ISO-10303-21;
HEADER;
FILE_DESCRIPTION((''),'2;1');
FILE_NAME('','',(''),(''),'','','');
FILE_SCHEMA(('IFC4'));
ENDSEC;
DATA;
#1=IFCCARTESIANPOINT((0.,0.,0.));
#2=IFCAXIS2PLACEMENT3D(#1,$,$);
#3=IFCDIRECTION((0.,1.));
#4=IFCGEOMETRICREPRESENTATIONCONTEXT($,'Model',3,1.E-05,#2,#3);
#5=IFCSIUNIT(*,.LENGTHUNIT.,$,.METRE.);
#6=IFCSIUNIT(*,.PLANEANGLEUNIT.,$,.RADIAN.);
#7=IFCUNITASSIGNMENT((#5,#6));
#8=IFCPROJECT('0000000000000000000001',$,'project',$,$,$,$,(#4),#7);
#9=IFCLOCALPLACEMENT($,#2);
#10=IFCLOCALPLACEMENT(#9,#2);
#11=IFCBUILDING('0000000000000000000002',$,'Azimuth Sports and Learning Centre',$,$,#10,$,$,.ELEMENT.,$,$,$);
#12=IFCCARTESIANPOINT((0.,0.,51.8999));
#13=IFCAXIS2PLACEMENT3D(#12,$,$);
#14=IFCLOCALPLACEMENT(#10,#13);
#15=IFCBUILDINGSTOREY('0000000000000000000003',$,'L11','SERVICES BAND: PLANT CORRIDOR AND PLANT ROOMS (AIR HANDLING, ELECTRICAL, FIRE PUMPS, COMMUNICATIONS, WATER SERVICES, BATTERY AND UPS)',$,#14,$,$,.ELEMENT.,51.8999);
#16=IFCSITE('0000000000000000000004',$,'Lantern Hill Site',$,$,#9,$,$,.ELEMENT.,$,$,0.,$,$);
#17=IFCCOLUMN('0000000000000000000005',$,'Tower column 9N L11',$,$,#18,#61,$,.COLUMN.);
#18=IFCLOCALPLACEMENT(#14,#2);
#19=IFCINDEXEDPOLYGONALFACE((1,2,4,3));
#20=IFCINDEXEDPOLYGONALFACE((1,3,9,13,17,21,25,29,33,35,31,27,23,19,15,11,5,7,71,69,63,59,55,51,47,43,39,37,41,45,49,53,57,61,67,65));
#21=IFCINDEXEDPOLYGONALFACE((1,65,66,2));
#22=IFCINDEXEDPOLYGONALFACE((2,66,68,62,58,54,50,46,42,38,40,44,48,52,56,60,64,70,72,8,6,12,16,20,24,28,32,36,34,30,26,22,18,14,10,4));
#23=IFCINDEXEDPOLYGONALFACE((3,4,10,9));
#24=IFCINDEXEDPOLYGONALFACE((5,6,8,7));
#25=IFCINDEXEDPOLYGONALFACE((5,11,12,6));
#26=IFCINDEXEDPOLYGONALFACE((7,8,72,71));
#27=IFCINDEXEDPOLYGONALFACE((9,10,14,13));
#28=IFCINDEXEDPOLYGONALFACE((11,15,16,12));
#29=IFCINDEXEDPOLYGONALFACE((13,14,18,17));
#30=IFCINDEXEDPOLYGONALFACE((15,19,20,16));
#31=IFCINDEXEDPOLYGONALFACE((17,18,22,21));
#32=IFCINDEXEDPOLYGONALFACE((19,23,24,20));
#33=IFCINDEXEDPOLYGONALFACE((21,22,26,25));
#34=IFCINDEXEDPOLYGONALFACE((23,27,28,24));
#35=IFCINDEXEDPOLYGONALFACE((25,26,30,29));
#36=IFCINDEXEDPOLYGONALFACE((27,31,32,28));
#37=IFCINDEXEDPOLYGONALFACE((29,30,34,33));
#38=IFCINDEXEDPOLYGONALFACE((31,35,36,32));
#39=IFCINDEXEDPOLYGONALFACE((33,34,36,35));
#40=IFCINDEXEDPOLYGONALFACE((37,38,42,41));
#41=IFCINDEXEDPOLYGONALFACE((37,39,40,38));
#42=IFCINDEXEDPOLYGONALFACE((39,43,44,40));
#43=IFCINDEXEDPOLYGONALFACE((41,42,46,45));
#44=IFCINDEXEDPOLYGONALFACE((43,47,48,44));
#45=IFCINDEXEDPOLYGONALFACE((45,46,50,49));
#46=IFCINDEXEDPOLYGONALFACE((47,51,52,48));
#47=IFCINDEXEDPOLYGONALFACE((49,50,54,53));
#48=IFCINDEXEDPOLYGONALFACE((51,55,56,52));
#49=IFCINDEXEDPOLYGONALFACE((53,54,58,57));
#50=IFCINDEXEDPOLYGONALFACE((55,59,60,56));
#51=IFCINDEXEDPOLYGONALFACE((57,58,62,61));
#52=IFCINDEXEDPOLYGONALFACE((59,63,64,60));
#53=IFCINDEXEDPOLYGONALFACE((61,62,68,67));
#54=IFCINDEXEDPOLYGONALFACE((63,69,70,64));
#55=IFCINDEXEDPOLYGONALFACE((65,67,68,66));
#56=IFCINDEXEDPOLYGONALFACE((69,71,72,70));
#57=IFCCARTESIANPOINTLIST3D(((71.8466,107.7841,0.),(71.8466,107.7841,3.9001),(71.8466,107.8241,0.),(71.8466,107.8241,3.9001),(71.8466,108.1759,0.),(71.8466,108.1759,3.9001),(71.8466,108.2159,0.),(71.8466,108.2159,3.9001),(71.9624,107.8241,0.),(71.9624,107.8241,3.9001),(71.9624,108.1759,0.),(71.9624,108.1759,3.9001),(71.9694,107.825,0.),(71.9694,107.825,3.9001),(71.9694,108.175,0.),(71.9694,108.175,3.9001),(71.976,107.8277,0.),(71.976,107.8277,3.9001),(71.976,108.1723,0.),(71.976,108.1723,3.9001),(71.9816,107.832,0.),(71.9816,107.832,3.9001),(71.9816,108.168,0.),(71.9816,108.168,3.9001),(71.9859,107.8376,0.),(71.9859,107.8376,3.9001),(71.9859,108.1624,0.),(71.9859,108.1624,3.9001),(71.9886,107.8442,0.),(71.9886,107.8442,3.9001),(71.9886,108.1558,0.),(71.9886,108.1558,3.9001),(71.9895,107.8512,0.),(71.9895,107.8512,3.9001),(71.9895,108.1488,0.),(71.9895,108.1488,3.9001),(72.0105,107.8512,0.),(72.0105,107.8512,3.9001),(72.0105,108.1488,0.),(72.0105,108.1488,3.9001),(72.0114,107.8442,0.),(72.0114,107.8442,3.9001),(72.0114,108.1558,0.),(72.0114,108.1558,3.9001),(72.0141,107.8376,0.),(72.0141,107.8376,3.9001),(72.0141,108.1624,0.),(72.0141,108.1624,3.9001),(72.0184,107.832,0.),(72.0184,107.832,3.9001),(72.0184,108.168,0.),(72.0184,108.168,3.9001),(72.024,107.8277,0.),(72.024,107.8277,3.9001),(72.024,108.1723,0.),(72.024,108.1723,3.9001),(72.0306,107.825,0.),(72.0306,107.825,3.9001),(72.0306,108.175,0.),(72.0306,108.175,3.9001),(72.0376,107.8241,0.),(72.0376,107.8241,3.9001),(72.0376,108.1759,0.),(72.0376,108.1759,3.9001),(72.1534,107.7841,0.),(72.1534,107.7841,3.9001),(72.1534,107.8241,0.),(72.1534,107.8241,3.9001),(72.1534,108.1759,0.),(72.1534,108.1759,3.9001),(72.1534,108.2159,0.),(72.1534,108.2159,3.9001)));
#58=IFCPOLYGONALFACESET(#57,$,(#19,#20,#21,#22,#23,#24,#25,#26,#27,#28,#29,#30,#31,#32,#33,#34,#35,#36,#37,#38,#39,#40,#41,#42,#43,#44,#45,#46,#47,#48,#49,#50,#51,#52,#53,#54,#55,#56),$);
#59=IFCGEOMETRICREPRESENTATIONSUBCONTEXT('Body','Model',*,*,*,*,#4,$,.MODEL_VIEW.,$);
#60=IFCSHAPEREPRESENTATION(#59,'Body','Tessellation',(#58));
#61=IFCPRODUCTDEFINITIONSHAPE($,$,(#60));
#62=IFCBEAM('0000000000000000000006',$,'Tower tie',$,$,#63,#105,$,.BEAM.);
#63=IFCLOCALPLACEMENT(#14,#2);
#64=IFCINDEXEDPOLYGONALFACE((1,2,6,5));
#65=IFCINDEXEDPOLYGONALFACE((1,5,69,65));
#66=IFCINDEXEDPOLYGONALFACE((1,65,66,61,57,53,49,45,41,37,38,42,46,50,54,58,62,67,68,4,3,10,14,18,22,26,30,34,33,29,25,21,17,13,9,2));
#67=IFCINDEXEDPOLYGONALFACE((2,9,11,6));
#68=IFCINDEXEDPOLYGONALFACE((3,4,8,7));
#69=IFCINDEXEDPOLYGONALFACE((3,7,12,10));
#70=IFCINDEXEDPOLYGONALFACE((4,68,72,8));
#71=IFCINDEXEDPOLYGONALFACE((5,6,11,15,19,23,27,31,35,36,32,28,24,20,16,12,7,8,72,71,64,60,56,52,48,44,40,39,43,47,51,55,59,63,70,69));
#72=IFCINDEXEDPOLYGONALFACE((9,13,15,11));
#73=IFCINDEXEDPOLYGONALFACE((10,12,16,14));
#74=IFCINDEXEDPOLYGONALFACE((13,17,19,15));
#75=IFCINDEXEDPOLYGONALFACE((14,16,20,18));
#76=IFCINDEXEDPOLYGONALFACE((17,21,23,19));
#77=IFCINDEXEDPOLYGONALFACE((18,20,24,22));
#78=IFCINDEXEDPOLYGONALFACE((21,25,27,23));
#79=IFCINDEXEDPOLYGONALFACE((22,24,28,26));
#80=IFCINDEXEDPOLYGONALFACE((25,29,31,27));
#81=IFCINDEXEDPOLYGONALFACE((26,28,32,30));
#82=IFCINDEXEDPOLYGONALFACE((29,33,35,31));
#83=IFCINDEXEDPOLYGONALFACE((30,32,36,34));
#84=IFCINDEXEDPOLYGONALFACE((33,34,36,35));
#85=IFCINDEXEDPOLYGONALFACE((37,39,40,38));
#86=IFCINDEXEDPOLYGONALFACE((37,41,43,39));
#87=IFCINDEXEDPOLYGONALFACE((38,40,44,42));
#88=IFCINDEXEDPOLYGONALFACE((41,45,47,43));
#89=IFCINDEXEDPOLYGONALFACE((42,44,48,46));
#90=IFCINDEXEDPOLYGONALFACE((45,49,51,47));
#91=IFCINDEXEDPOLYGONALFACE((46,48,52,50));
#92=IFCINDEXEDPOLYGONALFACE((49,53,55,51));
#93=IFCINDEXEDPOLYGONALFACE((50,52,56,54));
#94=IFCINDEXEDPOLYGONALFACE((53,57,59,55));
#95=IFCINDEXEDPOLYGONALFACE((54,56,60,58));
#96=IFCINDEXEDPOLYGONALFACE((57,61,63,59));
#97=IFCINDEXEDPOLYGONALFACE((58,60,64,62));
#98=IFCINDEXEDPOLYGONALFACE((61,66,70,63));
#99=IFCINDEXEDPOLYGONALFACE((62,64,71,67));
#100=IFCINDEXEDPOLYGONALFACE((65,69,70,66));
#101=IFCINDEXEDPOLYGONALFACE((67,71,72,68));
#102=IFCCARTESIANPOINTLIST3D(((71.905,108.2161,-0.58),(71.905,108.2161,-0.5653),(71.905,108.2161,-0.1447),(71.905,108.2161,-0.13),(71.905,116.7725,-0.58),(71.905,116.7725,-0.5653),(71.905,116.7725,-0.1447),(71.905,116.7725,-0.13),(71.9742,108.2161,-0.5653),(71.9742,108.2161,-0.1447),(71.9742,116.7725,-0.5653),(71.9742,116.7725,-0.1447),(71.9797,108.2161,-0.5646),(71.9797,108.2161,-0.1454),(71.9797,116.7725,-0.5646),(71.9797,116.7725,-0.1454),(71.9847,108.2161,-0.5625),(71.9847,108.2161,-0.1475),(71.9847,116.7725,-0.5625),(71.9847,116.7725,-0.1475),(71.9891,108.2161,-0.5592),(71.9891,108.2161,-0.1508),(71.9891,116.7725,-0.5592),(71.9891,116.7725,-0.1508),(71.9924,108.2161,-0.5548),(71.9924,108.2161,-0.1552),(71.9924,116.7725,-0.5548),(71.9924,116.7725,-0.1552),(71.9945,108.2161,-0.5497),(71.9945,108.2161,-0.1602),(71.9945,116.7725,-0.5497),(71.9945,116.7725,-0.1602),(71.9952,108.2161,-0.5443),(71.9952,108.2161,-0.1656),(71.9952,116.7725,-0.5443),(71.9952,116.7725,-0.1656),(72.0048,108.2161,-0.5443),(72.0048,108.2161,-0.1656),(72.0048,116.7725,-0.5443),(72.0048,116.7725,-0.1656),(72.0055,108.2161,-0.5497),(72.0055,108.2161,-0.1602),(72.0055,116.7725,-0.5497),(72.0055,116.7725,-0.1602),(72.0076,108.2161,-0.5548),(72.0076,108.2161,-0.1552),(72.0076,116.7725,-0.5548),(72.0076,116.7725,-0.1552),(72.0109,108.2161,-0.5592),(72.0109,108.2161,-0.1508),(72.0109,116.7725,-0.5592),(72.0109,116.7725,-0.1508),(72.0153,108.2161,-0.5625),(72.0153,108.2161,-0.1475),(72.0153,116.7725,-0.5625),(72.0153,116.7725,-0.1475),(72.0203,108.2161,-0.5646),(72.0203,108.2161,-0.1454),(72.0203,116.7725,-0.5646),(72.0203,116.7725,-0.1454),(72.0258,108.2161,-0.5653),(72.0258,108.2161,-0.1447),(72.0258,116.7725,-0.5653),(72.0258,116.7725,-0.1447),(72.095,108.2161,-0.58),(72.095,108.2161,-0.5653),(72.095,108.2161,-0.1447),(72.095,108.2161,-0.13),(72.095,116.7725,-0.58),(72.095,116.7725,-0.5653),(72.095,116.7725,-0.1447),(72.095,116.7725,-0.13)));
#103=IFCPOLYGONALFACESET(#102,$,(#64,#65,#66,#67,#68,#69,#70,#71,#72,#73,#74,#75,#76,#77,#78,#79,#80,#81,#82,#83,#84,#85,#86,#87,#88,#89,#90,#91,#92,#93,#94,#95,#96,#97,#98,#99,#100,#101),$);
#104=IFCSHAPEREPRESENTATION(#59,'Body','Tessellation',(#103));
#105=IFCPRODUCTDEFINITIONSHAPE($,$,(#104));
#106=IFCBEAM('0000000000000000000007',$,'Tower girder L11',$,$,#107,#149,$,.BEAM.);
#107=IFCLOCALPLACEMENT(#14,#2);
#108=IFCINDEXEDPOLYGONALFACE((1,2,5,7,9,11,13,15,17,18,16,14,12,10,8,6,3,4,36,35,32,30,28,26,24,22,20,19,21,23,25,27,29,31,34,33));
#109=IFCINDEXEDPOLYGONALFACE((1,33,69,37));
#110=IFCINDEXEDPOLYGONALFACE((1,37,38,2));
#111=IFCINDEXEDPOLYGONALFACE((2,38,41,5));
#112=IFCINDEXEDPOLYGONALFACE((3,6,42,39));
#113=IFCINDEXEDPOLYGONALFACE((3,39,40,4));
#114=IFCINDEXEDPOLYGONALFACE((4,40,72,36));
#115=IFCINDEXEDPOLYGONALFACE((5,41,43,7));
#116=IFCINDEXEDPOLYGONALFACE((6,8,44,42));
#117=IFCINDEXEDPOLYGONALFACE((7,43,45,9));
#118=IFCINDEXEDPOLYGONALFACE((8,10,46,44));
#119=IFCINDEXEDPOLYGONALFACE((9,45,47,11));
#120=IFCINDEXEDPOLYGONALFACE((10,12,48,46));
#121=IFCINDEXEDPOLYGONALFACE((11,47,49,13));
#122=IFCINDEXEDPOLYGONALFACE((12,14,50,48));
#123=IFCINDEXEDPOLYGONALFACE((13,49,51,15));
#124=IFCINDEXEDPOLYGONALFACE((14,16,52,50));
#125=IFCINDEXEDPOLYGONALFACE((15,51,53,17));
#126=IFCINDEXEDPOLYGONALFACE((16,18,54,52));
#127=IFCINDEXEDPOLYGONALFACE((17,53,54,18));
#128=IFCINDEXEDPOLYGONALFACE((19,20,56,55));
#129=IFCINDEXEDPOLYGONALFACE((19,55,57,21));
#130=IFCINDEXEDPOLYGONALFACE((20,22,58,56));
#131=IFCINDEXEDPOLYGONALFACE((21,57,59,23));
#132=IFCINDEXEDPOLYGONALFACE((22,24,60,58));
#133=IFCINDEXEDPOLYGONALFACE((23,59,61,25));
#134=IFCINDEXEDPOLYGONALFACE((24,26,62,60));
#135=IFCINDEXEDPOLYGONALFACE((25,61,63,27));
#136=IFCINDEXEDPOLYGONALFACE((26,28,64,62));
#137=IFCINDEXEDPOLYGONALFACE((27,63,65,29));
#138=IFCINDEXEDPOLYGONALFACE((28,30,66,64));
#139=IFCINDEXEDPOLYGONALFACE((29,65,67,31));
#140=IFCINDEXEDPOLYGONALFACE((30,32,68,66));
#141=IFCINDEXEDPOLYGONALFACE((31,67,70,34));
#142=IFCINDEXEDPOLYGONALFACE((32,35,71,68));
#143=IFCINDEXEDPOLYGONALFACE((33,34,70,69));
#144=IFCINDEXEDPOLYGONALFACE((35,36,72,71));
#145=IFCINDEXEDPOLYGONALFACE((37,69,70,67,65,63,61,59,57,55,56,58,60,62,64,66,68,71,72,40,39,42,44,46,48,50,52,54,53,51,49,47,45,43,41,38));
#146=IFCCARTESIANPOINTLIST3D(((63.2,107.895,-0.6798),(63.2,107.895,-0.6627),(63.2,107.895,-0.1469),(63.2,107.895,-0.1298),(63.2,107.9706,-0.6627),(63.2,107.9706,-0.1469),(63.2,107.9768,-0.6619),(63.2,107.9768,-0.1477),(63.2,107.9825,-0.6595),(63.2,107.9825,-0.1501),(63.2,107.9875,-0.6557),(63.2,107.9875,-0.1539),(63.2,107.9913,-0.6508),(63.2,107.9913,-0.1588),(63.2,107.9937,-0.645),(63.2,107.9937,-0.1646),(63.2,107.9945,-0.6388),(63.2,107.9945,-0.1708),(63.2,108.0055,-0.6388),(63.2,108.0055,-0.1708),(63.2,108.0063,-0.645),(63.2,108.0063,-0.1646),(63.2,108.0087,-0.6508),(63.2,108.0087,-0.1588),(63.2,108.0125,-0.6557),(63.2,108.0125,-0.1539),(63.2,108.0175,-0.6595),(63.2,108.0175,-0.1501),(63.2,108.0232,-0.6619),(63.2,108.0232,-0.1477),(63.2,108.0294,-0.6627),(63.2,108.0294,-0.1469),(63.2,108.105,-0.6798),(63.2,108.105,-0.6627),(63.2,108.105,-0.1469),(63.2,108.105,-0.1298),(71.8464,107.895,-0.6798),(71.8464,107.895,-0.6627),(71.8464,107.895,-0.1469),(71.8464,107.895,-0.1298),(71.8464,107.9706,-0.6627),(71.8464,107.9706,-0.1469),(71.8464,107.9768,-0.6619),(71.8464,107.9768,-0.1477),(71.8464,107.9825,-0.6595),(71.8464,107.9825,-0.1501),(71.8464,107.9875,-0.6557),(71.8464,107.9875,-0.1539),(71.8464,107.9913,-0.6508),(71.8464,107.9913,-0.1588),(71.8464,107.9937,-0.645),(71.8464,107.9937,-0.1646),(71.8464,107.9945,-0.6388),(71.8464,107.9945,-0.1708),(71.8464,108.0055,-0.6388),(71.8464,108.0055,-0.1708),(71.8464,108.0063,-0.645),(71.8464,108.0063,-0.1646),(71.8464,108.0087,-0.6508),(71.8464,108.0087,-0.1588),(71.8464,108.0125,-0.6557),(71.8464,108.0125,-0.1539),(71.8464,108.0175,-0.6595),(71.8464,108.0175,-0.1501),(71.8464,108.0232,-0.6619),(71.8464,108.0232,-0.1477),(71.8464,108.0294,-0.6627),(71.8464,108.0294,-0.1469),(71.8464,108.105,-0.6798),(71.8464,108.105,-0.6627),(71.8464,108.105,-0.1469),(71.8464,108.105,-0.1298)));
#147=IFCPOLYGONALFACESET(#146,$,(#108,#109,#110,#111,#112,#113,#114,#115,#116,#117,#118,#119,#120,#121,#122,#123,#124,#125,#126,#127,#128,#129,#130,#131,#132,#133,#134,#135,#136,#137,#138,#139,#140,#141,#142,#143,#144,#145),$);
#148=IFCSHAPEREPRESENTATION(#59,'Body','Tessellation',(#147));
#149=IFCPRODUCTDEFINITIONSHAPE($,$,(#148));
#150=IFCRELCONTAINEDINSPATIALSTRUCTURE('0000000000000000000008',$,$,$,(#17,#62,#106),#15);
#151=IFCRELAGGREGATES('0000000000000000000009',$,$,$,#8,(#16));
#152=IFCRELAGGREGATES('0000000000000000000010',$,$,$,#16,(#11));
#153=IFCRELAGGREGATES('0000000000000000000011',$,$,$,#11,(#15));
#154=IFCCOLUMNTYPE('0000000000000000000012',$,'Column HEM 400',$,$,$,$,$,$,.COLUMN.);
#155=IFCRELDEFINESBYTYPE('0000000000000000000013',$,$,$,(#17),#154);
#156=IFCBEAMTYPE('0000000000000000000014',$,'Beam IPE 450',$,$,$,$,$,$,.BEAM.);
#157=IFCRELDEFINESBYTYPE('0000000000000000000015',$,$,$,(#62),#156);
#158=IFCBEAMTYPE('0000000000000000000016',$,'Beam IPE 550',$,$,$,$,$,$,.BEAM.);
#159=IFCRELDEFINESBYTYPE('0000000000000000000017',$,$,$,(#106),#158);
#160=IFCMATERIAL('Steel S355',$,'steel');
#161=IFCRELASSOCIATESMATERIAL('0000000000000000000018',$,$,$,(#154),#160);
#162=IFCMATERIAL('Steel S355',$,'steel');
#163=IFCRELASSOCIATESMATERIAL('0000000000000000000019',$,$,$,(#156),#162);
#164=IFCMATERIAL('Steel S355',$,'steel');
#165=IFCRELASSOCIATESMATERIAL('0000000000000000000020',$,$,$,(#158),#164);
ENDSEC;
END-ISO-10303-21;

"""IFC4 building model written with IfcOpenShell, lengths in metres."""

from ifc_helpers import new_model, si_unit, direction, frame, origin, origin_2d, place, context, subcontext, project, spatial, i_section, extrude, material, material_profile, profile_set, type_object, element, save


model = new_model("IFC4")

# Units and contexts
model_context = context("Model", 3, precision=1e-05, world=origin(), true_north=direction((0.0, 1.0)))
body_context = subcontext(model_context, "Body", "Model", "MODEL_VIEW")
ifc_project = project(units=[si_unit("LENGTHUNIT", "METRE"), si_unit("PLANEANGLEUNIT", "RADIAN")], contexts=[model_context])

# Site, building, storey
site_placement = place(None, origin())
site = spatial("IfcSite", under=ifc_project, at=site_placement, Name="Lantern Hill Site", CompositionType="ELEMENT", RefElevation=0.0)
building_placement = place(site_placement, origin())
building = spatial("IfcBuilding", under=site, at=building_placement, Name="Azimuth Sports and Learning Centre", CompositionType="ELEMENT")
storey_placement = place(building_placement, frame((0.0, 0.0, 51.8999)))
storey = spatial("IfcBuildingStorey", under=building, at=storey_placement, Name="L11", Description="SERVICES BAND: PLANT CORRIDOR AND PLANT ROOMS (AIR HANDLING, ELECTRICAL, FIRE PUMPS, COMMUNICATIONS, WATER SERVICES, BATTERY AND UPS)", CompositionType="ELEMENT", Elevation=51.8999)

# Column
ifc_material_1 = material(Name="Steel S355", Category="steel")
ifc_material_profile_1 = material_profile(ifc_material_1, i_section(OverallWidth=0.3069, OverallDepth=0.4319, WebThickness=0.021, FlangeThickness=0.04, FilletRadius=0.0271, at=origin_2d()), Name="HEM 400")
ifc_profile_set_1 = profile_set([ifc_material_profile_1], Name="Steel S355")
column_type = type_object("IfcColumnType", Name="Column HEM 400", PredefinedType="COLUMN", material=ifc_profile_set_1)
column_placement = place(storey_placement, frame((72.0, 108.0, 0.0), z_axis=(0.0, 0.0, 1.0), x_axis=(1.0, 0.0, 0.0)))
element("IfcColumn", 1, at=column_placement, inside=storey, type_object=column_type, Name="Tower column 9N L11", PredefinedType="COLUMN", context=body_context, shape_type="SweptSolid", body=[
    extrude(i_section(OverallWidth=0.3069, OverallDepth=0.4319, WebThickness=0.021, FlangeThickness=0.04, FilletRadius=0.0271, at=origin_2d()), origin(), (0.0, 0.0, 1.0), 3.9001),
])

# Beams
ifc_material_2 = material(Name="Steel S355", Category="steel")
ifc_material_profile_2 = material_profile(ifc_material_2, i_section(OverallWidth=0.1899, OverallDepth=0.45, WebThickness=0.0095, FlangeThickness=0.0146, FilletRadius=0.021, at=origin_2d()), Name="IPE 450")
ifc_profile_set_2 = profile_set([ifc_material_profile_2], Name="Steel S355")
beam_type_1 = type_object("IfcBeamType", Name="Beam IPE 450", PredefinedType="BEAM", material=ifc_profile_set_2)
beam_1_placement = place(storey_placement, frame((72.0, 108.2161, -0.355), z_axis=(0.0, 1.0, 0.0), x_axis=(-1.0, 0.0, 0.0)))
element("IfcBeam", 2, at=beam_1_placement, inside=storey, type_object=beam_type_1, Name="Tower tie", PredefinedType="BEAM", context=body_context, shape_type="SweptSolid", body=[
    extrude(i_section(OverallWidth=0.1899, OverallDepth=0.45, WebThickness=0.0095, FlangeThickness=0.0146, FilletRadius=0.021, at=origin_2d()), origin(), (0.0, 0.0, 1.0), 8.5564),
])
ifc_material_3 = material(Name="Steel S355", Category="steel")
ifc_material_profile_3 = material_profile(ifc_material_3, i_section(OverallWidth=0.21, OverallDepth=0.55, WebThickness=0.011, FlangeThickness=0.0171, FilletRadius=0.0239, at=origin_2d()), Name="IPE 550")
ifc_profile_set_3 = profile_set([ifc_material_profile_3], Name="Steel S355")
beam_type_2 = type_object("IfcBeamType", Name="Beam IPE 550", PredefinedType="BEAM", material=ifc_profile_set_3)
beam_2_placement = place(storey_placement, frame((63.2, 108.0, -0.4048), z_axis=(1.0, 0.0, 0.0), x_axis=(0.0, 1.0, 0.0)))
element("IfcBeam", 3, at=beam_2_placement, inside=storey, type_object=beam_type_2, Name="Tower girder L11", PredefinedType="BEAM", context=body_context, shape_type="SweptSolid", body=[
    extrude(i_section(OverallWidth=0.21, OverallDepth=0.55, WebThickness=0.011, FlangeThickness=0.0171, FilletRadius=0.0239, at=origin_2d()), origin(), (0.0, 0.0, 1.0), 8.6465),
])

save(model, "model.ifc")
